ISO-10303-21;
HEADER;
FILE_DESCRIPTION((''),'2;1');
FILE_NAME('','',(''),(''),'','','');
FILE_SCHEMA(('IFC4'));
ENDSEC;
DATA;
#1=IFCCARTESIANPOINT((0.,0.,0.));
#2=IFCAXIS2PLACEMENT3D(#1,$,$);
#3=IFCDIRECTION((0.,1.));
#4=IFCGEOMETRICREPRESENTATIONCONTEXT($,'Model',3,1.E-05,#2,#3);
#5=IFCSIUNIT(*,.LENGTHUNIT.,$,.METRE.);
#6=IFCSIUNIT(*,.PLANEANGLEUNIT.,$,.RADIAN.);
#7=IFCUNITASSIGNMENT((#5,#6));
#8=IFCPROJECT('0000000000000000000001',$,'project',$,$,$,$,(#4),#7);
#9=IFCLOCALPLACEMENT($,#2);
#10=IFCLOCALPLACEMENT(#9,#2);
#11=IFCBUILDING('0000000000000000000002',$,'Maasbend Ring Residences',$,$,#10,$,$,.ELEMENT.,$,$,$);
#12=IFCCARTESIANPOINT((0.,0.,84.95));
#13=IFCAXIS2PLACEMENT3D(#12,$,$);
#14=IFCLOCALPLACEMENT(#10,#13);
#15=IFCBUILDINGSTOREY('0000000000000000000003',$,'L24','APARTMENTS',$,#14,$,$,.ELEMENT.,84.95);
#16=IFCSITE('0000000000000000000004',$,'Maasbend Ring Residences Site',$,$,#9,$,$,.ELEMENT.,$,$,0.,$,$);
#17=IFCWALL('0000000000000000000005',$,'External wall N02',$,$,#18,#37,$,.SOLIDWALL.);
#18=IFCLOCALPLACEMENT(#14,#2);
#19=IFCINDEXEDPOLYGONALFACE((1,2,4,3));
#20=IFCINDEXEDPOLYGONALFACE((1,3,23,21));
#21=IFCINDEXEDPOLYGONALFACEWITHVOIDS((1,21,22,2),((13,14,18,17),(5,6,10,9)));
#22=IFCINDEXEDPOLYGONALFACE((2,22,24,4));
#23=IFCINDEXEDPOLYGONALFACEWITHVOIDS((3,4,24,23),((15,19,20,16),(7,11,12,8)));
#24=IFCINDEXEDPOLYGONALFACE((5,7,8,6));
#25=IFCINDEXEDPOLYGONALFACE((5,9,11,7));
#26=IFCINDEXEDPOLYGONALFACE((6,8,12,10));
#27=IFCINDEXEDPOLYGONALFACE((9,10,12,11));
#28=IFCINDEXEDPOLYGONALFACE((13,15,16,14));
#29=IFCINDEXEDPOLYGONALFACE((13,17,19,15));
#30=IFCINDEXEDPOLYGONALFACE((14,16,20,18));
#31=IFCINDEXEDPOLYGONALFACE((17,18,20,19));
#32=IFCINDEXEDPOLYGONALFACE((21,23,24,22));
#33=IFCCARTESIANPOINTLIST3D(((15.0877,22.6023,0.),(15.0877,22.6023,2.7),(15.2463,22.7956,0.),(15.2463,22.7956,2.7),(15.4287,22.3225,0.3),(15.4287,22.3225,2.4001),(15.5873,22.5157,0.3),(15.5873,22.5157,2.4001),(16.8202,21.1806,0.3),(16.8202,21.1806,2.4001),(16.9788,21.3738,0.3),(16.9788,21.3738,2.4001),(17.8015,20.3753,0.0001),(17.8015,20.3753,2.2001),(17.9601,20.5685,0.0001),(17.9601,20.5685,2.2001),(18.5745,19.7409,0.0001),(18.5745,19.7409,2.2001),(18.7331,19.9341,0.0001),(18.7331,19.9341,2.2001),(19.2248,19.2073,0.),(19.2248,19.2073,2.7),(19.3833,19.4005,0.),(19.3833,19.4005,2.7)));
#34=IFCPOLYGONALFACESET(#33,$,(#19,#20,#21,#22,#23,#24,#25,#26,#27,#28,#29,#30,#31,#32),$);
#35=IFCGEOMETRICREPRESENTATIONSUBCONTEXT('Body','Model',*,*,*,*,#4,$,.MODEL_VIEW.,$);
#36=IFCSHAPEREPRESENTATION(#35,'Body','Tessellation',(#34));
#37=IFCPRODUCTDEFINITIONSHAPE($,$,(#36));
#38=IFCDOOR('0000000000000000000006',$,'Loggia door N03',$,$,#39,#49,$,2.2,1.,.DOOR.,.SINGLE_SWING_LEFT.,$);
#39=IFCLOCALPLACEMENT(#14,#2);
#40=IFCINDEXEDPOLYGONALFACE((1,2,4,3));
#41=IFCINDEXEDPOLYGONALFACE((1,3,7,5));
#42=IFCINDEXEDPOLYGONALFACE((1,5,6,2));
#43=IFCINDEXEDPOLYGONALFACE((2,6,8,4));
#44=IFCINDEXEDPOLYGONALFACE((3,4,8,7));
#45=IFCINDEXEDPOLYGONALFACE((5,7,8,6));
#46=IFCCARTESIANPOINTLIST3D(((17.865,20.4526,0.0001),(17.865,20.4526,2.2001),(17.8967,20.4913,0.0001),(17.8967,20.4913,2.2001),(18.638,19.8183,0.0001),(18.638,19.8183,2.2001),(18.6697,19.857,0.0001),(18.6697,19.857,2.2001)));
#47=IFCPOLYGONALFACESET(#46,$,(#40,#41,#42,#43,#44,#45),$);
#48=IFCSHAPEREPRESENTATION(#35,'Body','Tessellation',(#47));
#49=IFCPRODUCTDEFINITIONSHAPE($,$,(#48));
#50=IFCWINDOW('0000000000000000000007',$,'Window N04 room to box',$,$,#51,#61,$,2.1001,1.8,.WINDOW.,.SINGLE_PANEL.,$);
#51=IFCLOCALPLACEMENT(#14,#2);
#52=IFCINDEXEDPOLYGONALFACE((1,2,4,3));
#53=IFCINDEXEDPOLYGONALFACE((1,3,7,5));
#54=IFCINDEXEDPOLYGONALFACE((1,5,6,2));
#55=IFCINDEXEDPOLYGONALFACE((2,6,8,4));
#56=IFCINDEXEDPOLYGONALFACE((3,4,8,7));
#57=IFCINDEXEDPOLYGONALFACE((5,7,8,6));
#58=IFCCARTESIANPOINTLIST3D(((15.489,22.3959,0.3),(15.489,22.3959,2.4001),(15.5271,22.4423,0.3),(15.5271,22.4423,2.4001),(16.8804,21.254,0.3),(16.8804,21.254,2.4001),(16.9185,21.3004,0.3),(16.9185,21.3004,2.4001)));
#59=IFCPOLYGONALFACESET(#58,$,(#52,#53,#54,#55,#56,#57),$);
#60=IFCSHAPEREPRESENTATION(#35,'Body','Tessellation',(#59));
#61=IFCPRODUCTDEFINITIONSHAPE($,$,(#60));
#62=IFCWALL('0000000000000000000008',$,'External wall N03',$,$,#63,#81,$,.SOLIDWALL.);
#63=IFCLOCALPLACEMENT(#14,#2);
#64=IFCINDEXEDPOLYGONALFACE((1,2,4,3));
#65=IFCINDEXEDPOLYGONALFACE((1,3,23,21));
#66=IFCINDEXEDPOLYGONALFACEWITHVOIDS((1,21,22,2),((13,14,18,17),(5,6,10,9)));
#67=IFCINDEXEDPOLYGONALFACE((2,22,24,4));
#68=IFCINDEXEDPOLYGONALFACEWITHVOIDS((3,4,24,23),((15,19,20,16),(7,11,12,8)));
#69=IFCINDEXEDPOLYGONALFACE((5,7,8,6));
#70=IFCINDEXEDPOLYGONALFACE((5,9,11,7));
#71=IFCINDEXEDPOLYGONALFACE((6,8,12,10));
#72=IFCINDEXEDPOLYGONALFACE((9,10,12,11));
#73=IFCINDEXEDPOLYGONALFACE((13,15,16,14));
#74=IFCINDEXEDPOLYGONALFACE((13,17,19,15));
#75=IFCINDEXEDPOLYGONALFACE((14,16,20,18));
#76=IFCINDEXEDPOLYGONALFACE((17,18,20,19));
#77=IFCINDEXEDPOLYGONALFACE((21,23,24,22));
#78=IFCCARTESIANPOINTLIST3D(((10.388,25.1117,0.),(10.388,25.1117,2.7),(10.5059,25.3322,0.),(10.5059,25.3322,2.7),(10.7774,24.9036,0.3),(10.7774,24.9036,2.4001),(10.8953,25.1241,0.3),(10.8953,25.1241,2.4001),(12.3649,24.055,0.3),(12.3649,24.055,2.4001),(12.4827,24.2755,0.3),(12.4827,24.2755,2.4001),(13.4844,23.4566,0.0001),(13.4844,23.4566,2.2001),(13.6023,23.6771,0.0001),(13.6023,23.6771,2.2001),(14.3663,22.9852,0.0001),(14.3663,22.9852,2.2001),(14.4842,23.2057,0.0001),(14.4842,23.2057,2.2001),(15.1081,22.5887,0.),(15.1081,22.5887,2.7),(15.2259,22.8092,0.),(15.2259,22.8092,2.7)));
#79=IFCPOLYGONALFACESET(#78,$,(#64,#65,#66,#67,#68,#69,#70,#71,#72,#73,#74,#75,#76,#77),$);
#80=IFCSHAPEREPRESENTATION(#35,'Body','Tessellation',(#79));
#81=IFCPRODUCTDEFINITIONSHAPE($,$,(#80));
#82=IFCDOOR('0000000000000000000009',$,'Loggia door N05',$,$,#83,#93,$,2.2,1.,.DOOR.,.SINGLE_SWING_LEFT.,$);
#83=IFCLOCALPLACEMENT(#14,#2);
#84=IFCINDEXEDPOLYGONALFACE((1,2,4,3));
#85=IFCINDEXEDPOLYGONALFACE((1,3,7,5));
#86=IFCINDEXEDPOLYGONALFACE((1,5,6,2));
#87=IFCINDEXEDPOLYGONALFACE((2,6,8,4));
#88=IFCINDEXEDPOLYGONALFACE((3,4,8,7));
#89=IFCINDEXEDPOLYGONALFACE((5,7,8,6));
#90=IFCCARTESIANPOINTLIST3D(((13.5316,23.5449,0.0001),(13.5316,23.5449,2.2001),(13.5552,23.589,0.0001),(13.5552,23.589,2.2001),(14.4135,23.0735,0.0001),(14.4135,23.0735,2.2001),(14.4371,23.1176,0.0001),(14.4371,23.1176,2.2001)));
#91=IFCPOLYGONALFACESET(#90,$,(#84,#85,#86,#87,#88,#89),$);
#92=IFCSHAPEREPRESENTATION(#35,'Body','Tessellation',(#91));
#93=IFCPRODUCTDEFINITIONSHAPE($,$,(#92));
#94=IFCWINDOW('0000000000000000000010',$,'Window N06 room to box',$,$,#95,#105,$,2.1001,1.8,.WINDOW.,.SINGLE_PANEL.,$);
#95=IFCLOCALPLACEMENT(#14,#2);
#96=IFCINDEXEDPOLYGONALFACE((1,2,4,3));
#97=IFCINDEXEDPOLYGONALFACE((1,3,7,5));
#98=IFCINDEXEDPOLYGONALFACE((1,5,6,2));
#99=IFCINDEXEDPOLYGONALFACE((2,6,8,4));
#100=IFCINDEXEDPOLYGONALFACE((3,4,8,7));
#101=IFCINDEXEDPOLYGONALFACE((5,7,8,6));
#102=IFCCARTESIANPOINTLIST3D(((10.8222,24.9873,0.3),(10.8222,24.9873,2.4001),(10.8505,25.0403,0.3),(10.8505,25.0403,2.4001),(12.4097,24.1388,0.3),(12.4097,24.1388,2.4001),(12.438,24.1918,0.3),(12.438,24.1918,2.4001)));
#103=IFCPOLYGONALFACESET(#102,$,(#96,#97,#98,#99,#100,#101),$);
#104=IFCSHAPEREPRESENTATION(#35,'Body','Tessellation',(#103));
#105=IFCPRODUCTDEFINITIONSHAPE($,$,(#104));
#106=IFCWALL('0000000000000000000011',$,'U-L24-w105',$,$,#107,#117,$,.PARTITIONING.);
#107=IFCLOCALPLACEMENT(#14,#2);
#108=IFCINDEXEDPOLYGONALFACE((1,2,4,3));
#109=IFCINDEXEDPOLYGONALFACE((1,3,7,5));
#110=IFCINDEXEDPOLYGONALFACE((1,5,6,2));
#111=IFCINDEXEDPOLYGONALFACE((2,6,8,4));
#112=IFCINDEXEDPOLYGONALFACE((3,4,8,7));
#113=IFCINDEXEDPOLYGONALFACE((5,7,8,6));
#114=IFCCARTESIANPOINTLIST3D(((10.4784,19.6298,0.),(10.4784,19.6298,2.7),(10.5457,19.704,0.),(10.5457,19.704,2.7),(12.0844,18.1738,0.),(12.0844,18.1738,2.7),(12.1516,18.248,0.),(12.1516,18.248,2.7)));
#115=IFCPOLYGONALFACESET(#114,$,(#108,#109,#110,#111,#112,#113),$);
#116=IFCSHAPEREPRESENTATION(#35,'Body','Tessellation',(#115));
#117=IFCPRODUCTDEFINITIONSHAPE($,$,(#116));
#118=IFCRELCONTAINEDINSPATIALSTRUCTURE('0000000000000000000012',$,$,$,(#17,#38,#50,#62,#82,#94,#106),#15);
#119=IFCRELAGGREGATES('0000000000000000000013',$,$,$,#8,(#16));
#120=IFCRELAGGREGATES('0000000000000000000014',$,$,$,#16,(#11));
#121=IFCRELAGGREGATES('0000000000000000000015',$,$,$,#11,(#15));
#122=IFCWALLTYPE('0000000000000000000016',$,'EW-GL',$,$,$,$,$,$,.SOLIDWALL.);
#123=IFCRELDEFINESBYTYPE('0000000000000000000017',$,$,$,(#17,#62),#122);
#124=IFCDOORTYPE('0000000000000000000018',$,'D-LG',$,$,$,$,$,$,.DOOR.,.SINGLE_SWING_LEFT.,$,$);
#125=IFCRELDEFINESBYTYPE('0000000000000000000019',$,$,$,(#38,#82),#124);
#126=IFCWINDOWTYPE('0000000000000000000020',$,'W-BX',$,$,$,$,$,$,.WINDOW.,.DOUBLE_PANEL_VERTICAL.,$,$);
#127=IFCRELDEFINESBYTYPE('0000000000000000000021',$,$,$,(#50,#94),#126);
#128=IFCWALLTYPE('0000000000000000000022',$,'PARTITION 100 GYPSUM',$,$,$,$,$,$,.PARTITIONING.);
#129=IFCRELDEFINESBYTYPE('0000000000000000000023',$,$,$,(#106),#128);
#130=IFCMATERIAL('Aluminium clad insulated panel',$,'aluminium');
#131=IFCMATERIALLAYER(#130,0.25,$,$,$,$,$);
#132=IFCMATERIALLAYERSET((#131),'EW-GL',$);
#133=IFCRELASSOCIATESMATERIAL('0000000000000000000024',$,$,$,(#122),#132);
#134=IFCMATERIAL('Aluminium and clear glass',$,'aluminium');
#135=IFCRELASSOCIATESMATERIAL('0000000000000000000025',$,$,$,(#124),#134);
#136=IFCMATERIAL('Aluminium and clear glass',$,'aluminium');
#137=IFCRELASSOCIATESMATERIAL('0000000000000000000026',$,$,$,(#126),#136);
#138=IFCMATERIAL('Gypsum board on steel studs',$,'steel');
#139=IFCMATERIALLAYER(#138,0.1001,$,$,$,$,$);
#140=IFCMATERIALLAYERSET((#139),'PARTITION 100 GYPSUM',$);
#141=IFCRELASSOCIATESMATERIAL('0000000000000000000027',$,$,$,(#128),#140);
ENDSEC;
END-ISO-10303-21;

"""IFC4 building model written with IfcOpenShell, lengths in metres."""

from ifc_helpers import new_model, si_unit, direction, frame, frame_2d, origin, place, context, subcontext, project, spatial, rectangle, extrude, material, layer, layer_set, type_object, element, fill, save


model = new_model("IFC4")

# Units and contexts
model_context = context("Model", 3, precision=1e-05, world=origin(), true_north=direction((0.0, 1.0)))
body_context = subcontext(model_context, "Body", "Model", "MODEL_VIEW")
ifc_project = project(units=[si_unit("LENGTHUNIT", "METRE"), si_unit("PLANEANGLEUNIT", "RADIAN")], contexts=[model_context])

# Site, building, storey
site_placement = place(None, origin())
site = spatial("IfcSite", under=ifc_project, at=site_placement, Name="Maasbend Ring Residences Site", CompositionType="ELEMENT", RefElevation=0.0)
building_placement = place(site_placement, origin())
building = spatial("IfcBuilding", under=site, at=building_placement, Name="Maasbend Ring Residences", CompositionType="ELEMENT")
storey_placement = place(building_placement, frame((0.0, 0.0, 84.95)))
storey = spatial("IfcBuildingStorey", under=building, at=storey_placement, Name="L24", Description="APARTMENTS", CompositionType="ELEMENT", Elevation=84.95)

# Walls, openings, doors, windows
ifc_material_1 = material(Name="Aluminium clad insulated panel", Category="aluminium")
ifc_layer_1 = layer(ifc_material_1, 0.25)
ifc_layer_set_1 = layer_set([ifc_layer_1], Name="EW-GL")
wall_type_1 = type_object("IfcWallType", Name="EW-GL", PredefinedType="SOLIDWALL", material=ifc_layer_set_1)
wall_1_placement = place(storey_placement, frame((19.304, 19.304, 0.0), z_axis=(0.0, 0.0, 1.0), x_axis=(-0.773019, 0.634382, 0.0)))
wall_1 = element("IfcWall", 1, at=wall_1_placement, inside=storey, type_object=wall_type_1, Name="External wall N02", PredefinedType="SOLIDWALL", context=body_context, shape_type="SweptSolid", body=[
    extrude(rectangle(XDim=5.3518, YDim=0.25, at=frame_2d((2.6758, 0.0))), origin(), (0.0, 0.0, 1.0), 2.7),
])
opening_1_placement = place(wall_1_placement, frame((0.8411, 0.0, 0.0)))
opening_1 = element("IfcOpeningElement", 2, at=opening_1_placement, cuts=wall_1, PredefinedType="OPENING", context=body_context, shape_type="SweptSolid", body=[
    extrude(rectangle(XDim=1.0, YDim=2.2, at=frame_2d((0.5, 1.1001))), frame((0.0, 0.135, 0.0), z_axis=(0.0, -1.0, 0.0), x_axis=(1.0, 0.0, 0.0)), (0.0, 0.0, 1.0), 0.27),
])
opening_2_placement = place(wall_1_placement, frame((3.1106, 0.0, 0.3)))
opening_2 = element("IfcOpeningElement", 3, at=opening_2_placement, cuts=wall_1, PredefinedType="OPENING", context=body_context, shape_type="SweptSolid", body=[
    extrude(rectangle(XDim=1.8, YDim=2.1001, at=frame_2d((0.8999, 1.05))), frame((0.0, 0.135, 0.0), z_axis=(0.0, -1.0, 0.0), x_axis=(1.0, 0.0, 0.0)), (0.0, 0.0, 1.0), 0.27),
])
ifc_material_2 = material(Name="Aluminium and clear glass", Category="aluminium")
door_type = type_object("IfcDoorType", Name="D-LG", OperationType="SINGLE_SWING_LEFT", PredefinedType="DOOR", material=ifc_material_2)
door_1_placement = place(opening_1_placement, origin())
door_1 = element("IfcDoor", 4, at=door_1_placement, inside=storey, type_object=door_type, Name="Loggia door N03", OperationType="SINGLE_SWING_LEFT", OverallHeight=2.2, OverallWidth=1.0, PredefinedType="DOOR", context=body_context, shape_type="SweptSolid", body=[
    extrude(rectangle(XDim=1.0, YDim=2.2, at=frame_2d((0.5, 1.1001))), frame((0.0, 0.0249, 0.0), z_axis=(0.0, -1.0, 0.0), x_axis=(1.0, 0.0, 0.0)), (0.0, 0.0, 1.0), 0.05),
])
fill(opening_1, door_1)
ifc_material_3 = material(Name="Aluminium and clear glass", Category="aluminium")
window_type_1 = type_object("IfcWindowType", Name="W-BX", PartitioningType="DOUBLE_PANEL_VERTICAL", PredefinedType="WINDOW", material=ifc_material_3)
window_1_placement = place(opening_2_placement, origin())
window_1 = element("IfcWindow", 5, at=window_1_placement, inside=storey, type_object=window_type_1, Name="Window N04 room to box", OverallHeight=2.1001, OverallWidth=1.8, PartitioningType="SINGLE_PANEL", PredefinedType="WINDOW", context=body_context, shape_type="SweptSolid", body=[
    extrude(rectangle(XDim=1.8, YDim=2.1001, at=frame_2d((0.8999, 1.05))), frame((0.0, 0.03, 0.0), z_axis=(0.0, -1.0, 0.0), x_axis=(1.0, 0.0, 0.0)), (0.0, 0.0, 1.0), 0.0601),
])
fill(opening_2, window_1)
wall_2_placement = place(storey_placement, frame((15.167, 22.699, 0.0), z_axis=(0.0, 0.0, 1.0), x_axis=(-0.881916, 0.471407, 0.0)))
wall_2 = element("IfcWall", 6, at=wall_2_placement, inside=storey, type_object=wall_type_1, Name="External wall N03", PredefinedType="SOLIDWALL", context=body_context, shape_type="SweptSolid", body=[
    extrude(rectangle(XDim=5.3521, YDim=0.25, at=frame_2d((2.676, 0.0))), origin(), (0.0, 0.0, 1.0), 2.7),
])
opening_3_placement = place(wall_2_placement, frame((0.8411, 0.0, 0.0)))
opening_3 = element("IfcOpeningElement", 7, at=opening_3_placement, cuts=wall_2, PredefinedType="OPENING", context=body_context, shape_type="SweptSolid", body=[
    extrude(rectangle(XDim=1.0, YDim=2.2, at=frame_2d((0.5, 1.1001))), frame((0.0, 0.135, 0.0), z_axis=(0.0, -1.0, 0.0), x_axis=(1.0, 0.0, 0.0)), (0.0, 0.0, 1.0), 0.27),
])
opening_4_placement = place(wall_2_placement, frame((3.1106, 0.0, 0.3)))
opening_4 = element("IfcOpeningElement", 8, at=opening_4_placement, cuts=wall_2, PredefinedType="OPENING", context=body_context, shape_type="SweptSolid", body=[
    extrude(rectangle(XDim=1.8, YDim=2.1001, at=frame_2d((0.8999, 1.05))), frame((0.0, 0.135, 0.0), z_axis=(0.0, -1.0, 0.0), x_axis=(1.0, 0.0, 0.0)), (0.0, 0.0, 1.0), 0.27),
])
door_2_placement = place(opening_3_placement, origin())
door_2 = element("IfcDoor", 9, at=door_2_placement, inside=storey, type_object=door_type, Name="Loggia door N05", OperationType="SINGLE_SWING_LEFT", OverallHeight=2.2, OverallWidth=1.0, PredefinedType="DOOR", context=body_context, shape_type="SweptSolid", body=[
    extrude(rectangle(XDim=1.0, YDim=2.2, at=frame_2d((0.5, 1.1001))), frame((0.0, 0.0249, 0.0), z_axis=(0.0, -1.0, 0.0), x_axis=(1.0, 0.0, 0.0)), (0.0, 0.0, 1.0), 0.05),
])
fill(opening_3, door_2)
window_2_placement = place(opening_4_placement, origin())
window_2 = element("IfcWindow", 10, at=window_2_placement, inside=storey, type_object=window_type_1, Name="Window N06 room to box", OverallHeight=2.1001, OverallWidth=1.8, PartitioningType="SINGLE_PANEL", PredefinedType="WINDOW", context=body_context, shape_type="SweptSolid", body=[
    extrude(rectangle(XDim=1.8, YDim=2.1001, at=frame_2d((0.8999, 1.05))), frame((0.0, 0.03, 0.0), z_axis=(0.0, -1.0, 0.0), x_axis=(1.0, 0.0, 0.0)), (0.0, 0.0, 1.0), 0.0601),
])
fill(opening_4, window_2)

# Wall
ifc_material_4 = material(Name="Gypsum board on steel studs", Category="steel")
ifc_layer_2 = layer(ifc_material_4, 0.1001)
ifc_layer_set_2 = layer_set([ifc_layer_2], Name="PARTITION 100 GYPSUM")
wall_type_2 = type_object("IfcWallType", Name="PARTITION 100 GYPSUM", PredefinedType="PARTITIONING", material=ifc_layer_set_2)
wall_3_placement = place(storey_placement, frame((10.512, 19.667, 0.0), z_axis=(0.0, 0.0, 1.0), x_axis=(0.740836, -0.671686, 0.0)))
element("IfcWall", 11, at=wall_3_placement, inside=storey, type_object=wall_type_2, Name="U-L24-w105", PredefinedType="PARTITIONING", context=body_context, shape_type="SweptSolid", body=[
    extrude(rectangle(XDim=2.1677, YDim=0.1001, at=frame_2d((1.084, 0.0))), origin(), (0.0, 0.0, 1.0), 2.7),
])

save(model, "model.ifc")
